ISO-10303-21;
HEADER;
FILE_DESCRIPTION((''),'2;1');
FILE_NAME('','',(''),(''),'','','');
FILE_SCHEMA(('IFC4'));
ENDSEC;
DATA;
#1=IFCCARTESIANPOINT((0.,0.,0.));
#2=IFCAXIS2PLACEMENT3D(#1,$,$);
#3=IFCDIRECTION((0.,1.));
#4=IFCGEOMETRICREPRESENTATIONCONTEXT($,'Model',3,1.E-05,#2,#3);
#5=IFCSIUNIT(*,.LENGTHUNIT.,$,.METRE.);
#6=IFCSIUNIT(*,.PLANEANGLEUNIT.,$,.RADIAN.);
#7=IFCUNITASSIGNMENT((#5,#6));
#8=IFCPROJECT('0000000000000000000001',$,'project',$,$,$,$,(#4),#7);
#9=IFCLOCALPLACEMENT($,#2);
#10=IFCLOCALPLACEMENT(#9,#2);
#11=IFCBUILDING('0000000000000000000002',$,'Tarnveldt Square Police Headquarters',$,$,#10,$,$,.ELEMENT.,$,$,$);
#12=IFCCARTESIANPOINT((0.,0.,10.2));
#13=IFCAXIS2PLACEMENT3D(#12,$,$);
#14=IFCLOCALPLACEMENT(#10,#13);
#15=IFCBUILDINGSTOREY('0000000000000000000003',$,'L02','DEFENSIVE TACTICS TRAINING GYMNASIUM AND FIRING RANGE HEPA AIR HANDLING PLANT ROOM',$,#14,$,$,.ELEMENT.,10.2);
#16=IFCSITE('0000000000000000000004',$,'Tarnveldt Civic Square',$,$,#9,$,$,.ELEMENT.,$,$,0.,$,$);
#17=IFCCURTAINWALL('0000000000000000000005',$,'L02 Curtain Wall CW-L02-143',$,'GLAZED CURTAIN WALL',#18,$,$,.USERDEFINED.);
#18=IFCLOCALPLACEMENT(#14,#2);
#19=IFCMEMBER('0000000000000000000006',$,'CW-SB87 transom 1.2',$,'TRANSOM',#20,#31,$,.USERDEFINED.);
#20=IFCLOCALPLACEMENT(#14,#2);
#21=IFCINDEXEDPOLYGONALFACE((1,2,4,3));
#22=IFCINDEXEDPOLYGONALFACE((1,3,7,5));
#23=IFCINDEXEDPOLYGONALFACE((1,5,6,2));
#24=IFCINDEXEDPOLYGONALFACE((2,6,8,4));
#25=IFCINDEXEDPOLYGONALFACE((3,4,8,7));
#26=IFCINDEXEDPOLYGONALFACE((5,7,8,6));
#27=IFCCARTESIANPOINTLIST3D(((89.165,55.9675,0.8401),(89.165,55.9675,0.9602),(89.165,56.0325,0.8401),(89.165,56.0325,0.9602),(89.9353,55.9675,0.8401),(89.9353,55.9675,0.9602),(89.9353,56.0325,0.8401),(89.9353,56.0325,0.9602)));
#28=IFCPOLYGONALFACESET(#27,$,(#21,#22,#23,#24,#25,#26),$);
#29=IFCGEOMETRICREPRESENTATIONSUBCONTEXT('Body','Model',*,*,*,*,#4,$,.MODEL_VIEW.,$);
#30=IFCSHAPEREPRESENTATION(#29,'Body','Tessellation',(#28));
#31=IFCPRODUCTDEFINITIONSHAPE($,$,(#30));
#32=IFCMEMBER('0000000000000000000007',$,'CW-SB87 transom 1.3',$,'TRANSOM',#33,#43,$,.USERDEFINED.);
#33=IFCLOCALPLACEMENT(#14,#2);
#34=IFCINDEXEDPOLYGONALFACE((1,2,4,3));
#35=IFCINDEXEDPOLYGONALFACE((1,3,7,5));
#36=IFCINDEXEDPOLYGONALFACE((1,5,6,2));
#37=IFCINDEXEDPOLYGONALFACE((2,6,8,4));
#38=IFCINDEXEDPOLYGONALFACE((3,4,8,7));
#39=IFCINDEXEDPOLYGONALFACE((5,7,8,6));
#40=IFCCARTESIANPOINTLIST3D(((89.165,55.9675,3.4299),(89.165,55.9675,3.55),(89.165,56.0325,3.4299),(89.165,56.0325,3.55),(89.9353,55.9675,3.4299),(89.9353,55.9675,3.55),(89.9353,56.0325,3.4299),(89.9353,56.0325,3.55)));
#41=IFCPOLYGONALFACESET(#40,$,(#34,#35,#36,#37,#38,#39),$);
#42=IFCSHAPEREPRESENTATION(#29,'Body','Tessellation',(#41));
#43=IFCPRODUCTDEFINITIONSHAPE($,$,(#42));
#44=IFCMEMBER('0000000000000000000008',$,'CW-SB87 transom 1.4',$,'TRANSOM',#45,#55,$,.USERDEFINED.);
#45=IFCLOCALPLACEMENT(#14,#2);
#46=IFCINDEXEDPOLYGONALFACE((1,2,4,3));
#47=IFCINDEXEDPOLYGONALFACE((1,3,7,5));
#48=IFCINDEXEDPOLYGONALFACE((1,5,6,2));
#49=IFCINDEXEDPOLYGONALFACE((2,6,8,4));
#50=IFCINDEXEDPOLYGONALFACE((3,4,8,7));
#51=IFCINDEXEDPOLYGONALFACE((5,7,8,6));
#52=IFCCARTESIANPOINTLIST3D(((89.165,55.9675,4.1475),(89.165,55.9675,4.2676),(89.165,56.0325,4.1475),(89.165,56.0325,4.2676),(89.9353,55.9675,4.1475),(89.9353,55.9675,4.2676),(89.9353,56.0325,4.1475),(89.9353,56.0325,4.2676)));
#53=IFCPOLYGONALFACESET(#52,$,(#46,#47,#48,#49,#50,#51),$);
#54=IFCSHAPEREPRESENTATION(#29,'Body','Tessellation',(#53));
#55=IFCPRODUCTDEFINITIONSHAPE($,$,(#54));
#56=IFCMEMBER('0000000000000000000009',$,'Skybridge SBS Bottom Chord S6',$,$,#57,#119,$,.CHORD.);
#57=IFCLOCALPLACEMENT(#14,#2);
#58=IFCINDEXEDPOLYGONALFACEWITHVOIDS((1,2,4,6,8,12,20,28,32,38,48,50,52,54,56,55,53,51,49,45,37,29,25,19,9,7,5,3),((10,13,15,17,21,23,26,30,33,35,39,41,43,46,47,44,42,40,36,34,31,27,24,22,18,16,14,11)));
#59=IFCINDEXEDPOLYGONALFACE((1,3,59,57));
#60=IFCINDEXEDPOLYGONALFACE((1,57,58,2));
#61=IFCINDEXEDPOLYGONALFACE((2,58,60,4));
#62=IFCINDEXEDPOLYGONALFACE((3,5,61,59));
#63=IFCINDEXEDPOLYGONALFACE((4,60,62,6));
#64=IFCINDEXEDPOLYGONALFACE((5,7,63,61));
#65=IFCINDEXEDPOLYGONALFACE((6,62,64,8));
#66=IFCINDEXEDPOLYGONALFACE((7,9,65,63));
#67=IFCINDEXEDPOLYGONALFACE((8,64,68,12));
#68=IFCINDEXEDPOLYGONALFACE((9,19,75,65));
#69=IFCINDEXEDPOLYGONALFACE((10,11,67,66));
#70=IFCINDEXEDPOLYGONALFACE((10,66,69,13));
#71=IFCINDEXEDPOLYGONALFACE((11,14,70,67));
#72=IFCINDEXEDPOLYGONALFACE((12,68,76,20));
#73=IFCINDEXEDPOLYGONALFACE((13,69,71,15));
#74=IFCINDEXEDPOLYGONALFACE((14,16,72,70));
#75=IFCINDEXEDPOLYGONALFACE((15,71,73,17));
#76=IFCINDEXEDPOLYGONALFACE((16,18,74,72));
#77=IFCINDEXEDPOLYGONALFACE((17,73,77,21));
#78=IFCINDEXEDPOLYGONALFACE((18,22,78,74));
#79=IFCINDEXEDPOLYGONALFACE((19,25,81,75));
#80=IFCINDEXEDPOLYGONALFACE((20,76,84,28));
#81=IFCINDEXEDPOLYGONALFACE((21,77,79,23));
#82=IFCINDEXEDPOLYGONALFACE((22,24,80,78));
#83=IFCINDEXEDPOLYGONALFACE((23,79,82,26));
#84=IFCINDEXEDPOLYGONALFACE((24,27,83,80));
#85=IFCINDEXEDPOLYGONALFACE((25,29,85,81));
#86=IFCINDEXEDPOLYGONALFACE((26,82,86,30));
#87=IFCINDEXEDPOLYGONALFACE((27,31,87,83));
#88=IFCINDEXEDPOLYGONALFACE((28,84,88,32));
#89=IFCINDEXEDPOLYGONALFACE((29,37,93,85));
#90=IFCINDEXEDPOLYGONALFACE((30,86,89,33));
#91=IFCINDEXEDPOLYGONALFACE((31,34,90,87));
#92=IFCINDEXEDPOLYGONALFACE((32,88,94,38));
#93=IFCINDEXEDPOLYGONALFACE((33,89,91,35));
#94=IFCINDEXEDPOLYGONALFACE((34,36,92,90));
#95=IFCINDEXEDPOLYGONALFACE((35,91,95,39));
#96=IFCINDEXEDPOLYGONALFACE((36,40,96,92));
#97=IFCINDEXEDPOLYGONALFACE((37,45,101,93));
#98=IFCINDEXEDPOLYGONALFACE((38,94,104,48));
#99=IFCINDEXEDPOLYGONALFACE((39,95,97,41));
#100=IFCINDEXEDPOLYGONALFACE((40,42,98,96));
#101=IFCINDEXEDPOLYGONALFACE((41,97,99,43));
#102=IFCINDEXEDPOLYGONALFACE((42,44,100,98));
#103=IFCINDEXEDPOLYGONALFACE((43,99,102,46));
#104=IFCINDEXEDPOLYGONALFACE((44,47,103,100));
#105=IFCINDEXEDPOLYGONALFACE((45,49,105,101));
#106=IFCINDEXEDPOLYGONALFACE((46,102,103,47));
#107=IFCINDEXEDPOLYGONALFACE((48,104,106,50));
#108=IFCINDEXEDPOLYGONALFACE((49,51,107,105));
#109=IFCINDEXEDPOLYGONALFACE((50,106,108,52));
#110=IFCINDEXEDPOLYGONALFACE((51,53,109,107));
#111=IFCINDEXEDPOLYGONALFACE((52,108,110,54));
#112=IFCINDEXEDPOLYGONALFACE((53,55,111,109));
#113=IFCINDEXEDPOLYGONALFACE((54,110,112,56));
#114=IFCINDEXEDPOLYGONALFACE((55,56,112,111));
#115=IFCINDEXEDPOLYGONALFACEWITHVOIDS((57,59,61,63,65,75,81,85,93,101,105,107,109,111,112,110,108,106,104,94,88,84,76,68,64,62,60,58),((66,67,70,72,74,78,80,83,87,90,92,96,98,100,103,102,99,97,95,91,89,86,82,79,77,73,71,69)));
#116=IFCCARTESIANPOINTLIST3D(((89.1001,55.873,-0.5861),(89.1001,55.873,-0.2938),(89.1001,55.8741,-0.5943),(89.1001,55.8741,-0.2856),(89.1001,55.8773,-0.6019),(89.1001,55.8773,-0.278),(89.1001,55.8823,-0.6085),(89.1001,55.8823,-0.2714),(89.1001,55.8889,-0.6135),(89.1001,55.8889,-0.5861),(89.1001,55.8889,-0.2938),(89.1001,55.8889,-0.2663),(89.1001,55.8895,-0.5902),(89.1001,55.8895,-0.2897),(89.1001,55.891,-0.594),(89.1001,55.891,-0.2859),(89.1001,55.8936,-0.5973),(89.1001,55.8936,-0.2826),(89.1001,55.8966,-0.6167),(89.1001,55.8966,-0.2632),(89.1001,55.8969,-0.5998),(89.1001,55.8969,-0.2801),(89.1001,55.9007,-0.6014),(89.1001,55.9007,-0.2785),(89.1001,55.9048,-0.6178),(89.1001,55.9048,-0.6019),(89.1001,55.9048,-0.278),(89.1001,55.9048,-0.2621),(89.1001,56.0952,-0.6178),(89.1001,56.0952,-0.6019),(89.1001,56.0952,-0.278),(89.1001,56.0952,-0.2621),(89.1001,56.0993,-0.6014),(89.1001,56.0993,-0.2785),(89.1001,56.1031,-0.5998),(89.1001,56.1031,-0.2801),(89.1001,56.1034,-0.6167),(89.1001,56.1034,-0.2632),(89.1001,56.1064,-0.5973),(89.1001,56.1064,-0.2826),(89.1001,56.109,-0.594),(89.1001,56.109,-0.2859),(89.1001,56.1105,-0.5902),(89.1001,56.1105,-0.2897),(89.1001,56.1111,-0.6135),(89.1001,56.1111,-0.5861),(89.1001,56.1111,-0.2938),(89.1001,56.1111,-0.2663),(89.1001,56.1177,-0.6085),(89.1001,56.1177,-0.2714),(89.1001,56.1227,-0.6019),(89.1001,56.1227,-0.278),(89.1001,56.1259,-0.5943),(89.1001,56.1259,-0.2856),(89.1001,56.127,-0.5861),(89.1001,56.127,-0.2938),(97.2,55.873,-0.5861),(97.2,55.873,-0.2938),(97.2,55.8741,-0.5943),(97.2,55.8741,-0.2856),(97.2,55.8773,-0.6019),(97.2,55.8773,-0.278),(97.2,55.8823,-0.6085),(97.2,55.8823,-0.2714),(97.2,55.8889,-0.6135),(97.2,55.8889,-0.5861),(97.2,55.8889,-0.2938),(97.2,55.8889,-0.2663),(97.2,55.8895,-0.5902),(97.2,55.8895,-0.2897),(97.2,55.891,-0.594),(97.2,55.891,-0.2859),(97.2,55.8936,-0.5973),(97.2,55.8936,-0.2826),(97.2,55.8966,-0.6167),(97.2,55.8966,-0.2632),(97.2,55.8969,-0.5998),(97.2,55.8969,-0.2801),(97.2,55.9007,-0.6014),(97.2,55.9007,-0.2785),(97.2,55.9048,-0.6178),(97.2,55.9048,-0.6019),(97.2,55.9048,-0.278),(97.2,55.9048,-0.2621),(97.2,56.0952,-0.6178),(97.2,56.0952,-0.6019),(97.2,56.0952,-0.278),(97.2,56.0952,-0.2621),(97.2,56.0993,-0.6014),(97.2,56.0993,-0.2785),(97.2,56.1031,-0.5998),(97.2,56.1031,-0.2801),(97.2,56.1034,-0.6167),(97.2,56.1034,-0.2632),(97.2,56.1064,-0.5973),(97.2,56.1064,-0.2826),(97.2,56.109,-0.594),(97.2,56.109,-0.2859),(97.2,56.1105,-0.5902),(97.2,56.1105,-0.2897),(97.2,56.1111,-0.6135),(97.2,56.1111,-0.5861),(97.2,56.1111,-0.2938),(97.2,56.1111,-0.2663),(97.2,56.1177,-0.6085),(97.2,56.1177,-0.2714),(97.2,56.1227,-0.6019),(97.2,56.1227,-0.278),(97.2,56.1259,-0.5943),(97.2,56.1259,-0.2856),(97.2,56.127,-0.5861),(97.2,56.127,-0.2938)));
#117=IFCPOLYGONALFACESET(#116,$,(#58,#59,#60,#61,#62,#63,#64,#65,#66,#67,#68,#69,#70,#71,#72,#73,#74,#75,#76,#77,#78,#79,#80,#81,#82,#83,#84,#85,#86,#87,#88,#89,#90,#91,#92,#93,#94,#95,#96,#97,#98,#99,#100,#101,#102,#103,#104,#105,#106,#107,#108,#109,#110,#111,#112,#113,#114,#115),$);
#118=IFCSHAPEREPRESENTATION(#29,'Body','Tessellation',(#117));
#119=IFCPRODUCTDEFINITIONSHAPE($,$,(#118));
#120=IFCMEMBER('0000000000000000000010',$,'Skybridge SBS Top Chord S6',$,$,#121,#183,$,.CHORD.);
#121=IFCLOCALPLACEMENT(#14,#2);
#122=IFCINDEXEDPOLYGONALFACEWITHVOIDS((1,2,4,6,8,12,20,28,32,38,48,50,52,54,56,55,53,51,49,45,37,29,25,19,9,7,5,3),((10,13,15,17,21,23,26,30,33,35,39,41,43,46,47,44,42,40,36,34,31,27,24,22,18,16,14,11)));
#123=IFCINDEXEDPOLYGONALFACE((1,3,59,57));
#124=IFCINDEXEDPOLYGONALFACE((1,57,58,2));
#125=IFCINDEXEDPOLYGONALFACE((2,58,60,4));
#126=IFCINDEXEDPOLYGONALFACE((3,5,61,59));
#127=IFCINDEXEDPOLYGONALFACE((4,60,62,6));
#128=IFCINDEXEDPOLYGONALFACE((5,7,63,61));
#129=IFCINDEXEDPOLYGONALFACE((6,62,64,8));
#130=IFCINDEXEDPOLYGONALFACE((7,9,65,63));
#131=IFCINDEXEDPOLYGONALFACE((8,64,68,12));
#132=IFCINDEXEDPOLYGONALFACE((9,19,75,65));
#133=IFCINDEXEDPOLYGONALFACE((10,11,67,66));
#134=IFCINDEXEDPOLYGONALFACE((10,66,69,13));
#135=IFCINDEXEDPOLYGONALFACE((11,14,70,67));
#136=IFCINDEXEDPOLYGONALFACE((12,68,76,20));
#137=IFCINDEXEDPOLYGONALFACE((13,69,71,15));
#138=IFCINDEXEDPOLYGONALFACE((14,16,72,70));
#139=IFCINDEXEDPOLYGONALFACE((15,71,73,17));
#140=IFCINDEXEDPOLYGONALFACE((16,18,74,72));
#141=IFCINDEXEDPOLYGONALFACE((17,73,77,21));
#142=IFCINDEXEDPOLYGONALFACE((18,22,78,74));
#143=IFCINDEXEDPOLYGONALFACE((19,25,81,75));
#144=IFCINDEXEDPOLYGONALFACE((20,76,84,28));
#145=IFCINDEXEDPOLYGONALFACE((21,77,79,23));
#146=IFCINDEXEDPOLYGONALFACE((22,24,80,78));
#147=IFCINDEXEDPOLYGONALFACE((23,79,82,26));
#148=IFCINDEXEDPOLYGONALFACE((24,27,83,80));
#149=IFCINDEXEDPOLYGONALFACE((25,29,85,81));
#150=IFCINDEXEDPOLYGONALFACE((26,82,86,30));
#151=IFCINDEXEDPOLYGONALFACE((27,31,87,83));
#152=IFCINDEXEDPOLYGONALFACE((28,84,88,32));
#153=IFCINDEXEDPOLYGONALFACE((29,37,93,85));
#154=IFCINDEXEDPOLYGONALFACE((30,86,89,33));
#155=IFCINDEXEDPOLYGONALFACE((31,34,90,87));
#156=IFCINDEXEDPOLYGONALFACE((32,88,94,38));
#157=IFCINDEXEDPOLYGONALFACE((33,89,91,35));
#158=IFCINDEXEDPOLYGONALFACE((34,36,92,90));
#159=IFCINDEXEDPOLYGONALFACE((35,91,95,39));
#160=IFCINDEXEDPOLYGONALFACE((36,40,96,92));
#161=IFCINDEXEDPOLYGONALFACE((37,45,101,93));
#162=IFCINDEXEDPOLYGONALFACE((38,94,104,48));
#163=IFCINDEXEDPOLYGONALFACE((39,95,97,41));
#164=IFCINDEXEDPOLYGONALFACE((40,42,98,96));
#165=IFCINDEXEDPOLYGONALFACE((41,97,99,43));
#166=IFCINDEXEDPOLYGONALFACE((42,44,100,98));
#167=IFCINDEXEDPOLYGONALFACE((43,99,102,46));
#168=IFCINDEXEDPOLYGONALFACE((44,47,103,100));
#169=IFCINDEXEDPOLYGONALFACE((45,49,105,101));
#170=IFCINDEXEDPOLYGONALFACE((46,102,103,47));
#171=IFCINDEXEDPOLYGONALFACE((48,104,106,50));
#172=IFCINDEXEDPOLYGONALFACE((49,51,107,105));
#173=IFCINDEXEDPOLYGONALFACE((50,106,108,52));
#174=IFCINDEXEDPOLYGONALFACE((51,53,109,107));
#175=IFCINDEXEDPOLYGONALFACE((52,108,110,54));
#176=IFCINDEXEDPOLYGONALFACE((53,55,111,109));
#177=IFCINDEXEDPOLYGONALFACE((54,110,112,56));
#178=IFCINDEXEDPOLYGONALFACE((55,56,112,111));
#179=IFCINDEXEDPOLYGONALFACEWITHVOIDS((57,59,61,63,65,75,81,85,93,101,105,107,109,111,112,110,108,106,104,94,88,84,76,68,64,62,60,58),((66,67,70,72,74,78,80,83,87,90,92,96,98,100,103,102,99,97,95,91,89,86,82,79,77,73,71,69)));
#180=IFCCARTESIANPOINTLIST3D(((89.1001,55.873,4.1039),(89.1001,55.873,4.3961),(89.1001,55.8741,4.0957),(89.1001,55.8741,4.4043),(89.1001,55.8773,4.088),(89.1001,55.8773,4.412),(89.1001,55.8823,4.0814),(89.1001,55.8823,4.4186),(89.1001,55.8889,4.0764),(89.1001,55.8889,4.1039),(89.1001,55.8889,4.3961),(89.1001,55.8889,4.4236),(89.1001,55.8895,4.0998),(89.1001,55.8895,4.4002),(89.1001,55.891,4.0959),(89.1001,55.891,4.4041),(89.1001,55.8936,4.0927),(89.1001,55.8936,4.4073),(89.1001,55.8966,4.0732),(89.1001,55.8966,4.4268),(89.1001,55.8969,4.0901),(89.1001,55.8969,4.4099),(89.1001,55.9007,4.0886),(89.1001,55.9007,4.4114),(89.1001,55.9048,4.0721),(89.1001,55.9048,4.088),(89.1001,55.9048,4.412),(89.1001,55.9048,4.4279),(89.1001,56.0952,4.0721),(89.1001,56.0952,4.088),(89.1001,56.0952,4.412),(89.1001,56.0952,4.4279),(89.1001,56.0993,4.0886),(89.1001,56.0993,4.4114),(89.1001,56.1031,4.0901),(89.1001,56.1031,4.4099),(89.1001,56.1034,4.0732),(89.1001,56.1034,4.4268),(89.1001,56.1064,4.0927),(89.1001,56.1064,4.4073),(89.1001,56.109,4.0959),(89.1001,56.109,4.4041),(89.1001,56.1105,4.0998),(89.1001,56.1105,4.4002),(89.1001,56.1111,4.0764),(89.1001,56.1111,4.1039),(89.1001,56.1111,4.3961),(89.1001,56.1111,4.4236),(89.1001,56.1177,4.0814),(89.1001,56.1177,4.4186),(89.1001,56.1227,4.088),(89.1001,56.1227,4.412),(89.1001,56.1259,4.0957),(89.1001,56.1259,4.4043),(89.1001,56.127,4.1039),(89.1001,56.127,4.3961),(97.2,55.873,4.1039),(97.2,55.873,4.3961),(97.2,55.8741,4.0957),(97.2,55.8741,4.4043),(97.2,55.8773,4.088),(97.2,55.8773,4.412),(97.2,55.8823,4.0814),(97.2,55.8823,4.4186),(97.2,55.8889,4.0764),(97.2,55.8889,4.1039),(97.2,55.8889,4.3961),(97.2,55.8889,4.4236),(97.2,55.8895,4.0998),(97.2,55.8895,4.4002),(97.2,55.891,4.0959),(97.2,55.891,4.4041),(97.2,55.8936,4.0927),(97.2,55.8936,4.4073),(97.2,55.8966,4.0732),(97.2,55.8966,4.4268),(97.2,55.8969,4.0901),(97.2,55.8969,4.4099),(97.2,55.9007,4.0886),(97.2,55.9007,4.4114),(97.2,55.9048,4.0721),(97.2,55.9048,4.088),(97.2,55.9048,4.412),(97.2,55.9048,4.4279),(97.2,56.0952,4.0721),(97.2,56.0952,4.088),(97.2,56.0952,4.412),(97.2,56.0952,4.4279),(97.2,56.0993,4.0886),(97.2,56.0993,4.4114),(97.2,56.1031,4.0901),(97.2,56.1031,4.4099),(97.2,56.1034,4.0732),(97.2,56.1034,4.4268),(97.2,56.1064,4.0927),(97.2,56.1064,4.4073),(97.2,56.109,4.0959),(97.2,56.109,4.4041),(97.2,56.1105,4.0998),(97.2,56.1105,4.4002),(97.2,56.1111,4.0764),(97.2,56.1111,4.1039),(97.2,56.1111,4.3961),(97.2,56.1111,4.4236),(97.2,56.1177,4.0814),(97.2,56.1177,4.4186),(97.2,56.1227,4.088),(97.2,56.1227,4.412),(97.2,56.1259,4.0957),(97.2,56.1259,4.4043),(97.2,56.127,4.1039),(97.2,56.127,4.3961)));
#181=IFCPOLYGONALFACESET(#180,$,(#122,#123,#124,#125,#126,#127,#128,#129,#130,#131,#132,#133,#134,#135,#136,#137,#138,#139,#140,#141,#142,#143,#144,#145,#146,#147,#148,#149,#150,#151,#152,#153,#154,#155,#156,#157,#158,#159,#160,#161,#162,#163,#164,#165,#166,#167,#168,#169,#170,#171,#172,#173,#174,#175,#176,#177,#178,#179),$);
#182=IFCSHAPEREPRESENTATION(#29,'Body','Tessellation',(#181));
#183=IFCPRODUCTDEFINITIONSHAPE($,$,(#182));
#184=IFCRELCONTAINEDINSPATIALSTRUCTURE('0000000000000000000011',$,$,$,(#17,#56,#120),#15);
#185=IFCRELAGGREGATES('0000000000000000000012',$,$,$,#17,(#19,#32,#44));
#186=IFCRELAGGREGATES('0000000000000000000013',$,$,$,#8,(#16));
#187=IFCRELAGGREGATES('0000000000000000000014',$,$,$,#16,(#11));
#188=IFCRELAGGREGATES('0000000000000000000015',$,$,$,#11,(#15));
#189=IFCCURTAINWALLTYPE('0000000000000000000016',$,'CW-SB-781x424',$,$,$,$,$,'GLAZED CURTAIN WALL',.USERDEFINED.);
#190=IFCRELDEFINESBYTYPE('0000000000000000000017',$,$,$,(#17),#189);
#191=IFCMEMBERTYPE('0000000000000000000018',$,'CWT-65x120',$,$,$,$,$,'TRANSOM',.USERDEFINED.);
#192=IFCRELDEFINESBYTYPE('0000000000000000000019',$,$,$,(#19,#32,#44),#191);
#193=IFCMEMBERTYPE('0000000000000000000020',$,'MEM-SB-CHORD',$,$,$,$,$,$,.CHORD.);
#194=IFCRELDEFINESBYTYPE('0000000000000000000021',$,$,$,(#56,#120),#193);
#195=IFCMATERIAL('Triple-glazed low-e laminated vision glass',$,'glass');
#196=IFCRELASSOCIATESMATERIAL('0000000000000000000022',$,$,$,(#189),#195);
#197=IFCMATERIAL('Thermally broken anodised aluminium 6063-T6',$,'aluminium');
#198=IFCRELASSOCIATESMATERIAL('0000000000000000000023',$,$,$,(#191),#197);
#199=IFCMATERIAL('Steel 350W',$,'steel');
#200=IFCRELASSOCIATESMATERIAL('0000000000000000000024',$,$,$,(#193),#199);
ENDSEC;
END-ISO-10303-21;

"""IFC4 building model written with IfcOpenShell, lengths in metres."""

from ifc_helpers import new_model, si_unit, direction, frame, origin, origin_2d, place, context, subcontext, project, spatial, rectangle, hollow_rectangle, extrude, material, material_profile, profile_set, type_object, element, aggregate, save


model = new_model("IFC4")

# Units and contexts
model_context = context("Model", 3, precision=1e-05, world=origin(), true_north=direction((0.0, 1.0)))
body_context = subcontext(model_context, "Body", "Model", "MODEL_VIEW")
ifc_project = project(units=[si_unit("LENGTHUNIT", "METRE"), si_unit("PLANEANGLEUNIT", "RADIAN")], contexts=[model_context])

# Site, building, storey
site_placement = place(None, origin())
site = spatial("IfcSite", under=ifc_project, at=site_placement, Name="Tarnveldt Civic Square", CompositionType="ELEMENT", RefElevation=0.0)
building_placement = place(site_placement, origin())
building = spatial("IfcBuilding", under=site, at=building_placement, Name="Tarnveldt Square Police Headquarters", CompositionType="ELEMENT")
storey_placement = place(building_placement, frame((0.0, 0.0, 10.2)))
storey = spatial("IfcBuildingStorey", under=building, at=storey_placement, Name="L02", Description="DEFENSIVE TACTICS TRAINING GYMNASIUM AND FIRING RANGE HEPA AIR HANDLING PLANT ROOM", CompositionType="ELEMENT", Elevation=10.2)

# Shared definitions
ifc_material_1 = material(Name="Steel 350W", Category="steel")

# Curtain wall, members
ifc_material_2 = material(Name="Triple-glazed low-e laminated vision glass", Category="glass")
curtain_wall_type = type_object("IfcCurtainWallType", Name="CW-SB-781x424", ElementType="GLAZED CURTAIN WALL", PredefinedType="USERDEFINED", material=ifc_material_2)
curtain_wall_placement = place(storey_placement, origin())
curtain_wall = element("IfcCurtainWall", 1, at=curtain_wall_placement, inside=storey, type_object=curtain_wall_type, Name="L02 Curtain Wall CW-L02-143", ObjectType="GLAZED CURTAIN WALL", PredefinedType="USERDEFINED")
ifc_material_3 = material(Name="Thermally broken anodised aluminium 6063-T6", Category="aluminium")
ifc_material_profile_1 = material_profile(ifc_material_3, rectangle(XDim=0.0649, YDim=0.1201, at=origin_2d()), Name="CW-T65x120")
ifc_profile_set_1 = profile_set([ifc_material_profile_1], Name="Thermally broken anodised aluminium 6063-T6")
member_type_1 = type_object("IfcMemberType", Name="CWT-65x120", ElementType="TRANSOM", PredefinedType="USERDEFINED", material=ifc_profile_set_1)
member_1_placement = place(storey_placement, frame((89.165, 56.0, 0.9001), z_axis=(1.0, 0.0, 0.0), x_axis=(0.0, 1.0, 0.0)))
member_1 = element("IfcMember", 2, at=member_1_placement, type_object=member_type_1, Name="CW-SB87 transom 1.2", ObjectType="TRANSOM", PredefinedType="USERDEFINED", context=body_context, shape_type="SweptSolid", body=[
    extrude(rectangle(XDim=0.0649, YDim=0.1201, at=origin_2d()), origin(), (0.0, 0.0, 1.0), 0.7703),
])
member_2_placement = place(storey_placement, frame((89.165, 56.0, 3.49), z_axis=(1.0, 0.0, 0.0), x_axis=(0.0, 1.0, 0.0)))
member_2 = element("IfcMember", 3, at=member_2_placement, type_object=member_type_1, Name="CW-SB87 transom 1.3", ObjectType="TRANSOM", PredefinedType="USERDEFINED", context=body_context, shape_type="SweptSolid", body=[
    extrude(rectangle(XDim=0.0649, YDim=0.1201, at=origin_2d()), origin(), (0.0, 0.0, 1.0), 0.7703),
])
member_3_placement = place(storey_placement, frame((89.165, 56.0, 4.2075), z_axis=(1.0, 0.0, 0.0), x_axis=(0.0, 1.0, 0.0)))
member_3 = element("IfcMember", 4, at=member_3_placement, type_object=member_type_1, Name="CW-SB87 transom 1.4", ObjectType="TRANSOM", PredefinedType="USERDEFINED", context=body_context, shape_type="SweptSolid", body=[
    extrude(rectangle(XDim=0.0649, YDim=0.1201, at=origin_2d()), origin(), (0.0, 0.0, 1.0), 0.7703),
])
aggregate(curtain_wall, [member_1, member_2, member_3])

# Members
ifc_material_profile_2 = material_profile(ifc_material_1, hollow_rectangle(XDim=0.2539, YDim=0.3557, WallThickness=0.0159, InnerFilletRadius=0.0159, OuterFilletRadius=0.0317, at=origin_2d()), Name="HSS356x254x16")
ifc_profile_set_2 = profile_set([ifc_material_profile_2], Name="Steel 350W")
member_type_2 = type_object("IfcMemberType", Name="MEM-SB-CHORD", PredefinedType="CHORD", material=ifc_profile_set_2)
for number, where, z_axis, x_axis, name in (
    (5, (89.1001, 56.0, -0.4399), (1.0, 0.0, 0.0), (0.0, 1.0, 0.0), "Skybridge SBS Bottom Chord S6"),
    (6, (89.1001, 56.0, 4.25), (1.0, 0.0, 0.0), (0.0, 1.0, 0.0), "Skybridge SBS Top Chord S6"),
):
    element("IfcMember", number, at=place(storey_placement, frame(where, z_axis=z_axis, x_axis=x_axis)), inside=storey, type_object=member_type_2, Name=name, PredefinedType="CHORD", context=body_context, shape_type="SweptSolid", body=[
        extrude(hollow_rectangle(XDim=0.2539, YDim=0.3557, WallThickness=0.0159, InnerFilletRadius=0.0159, OuterFilletRadius=0.0317, at=origin_2d()), origin(), (0.0, 0.0, 1.0), 8.0999),
    ])

save(model, "model.ifc")
